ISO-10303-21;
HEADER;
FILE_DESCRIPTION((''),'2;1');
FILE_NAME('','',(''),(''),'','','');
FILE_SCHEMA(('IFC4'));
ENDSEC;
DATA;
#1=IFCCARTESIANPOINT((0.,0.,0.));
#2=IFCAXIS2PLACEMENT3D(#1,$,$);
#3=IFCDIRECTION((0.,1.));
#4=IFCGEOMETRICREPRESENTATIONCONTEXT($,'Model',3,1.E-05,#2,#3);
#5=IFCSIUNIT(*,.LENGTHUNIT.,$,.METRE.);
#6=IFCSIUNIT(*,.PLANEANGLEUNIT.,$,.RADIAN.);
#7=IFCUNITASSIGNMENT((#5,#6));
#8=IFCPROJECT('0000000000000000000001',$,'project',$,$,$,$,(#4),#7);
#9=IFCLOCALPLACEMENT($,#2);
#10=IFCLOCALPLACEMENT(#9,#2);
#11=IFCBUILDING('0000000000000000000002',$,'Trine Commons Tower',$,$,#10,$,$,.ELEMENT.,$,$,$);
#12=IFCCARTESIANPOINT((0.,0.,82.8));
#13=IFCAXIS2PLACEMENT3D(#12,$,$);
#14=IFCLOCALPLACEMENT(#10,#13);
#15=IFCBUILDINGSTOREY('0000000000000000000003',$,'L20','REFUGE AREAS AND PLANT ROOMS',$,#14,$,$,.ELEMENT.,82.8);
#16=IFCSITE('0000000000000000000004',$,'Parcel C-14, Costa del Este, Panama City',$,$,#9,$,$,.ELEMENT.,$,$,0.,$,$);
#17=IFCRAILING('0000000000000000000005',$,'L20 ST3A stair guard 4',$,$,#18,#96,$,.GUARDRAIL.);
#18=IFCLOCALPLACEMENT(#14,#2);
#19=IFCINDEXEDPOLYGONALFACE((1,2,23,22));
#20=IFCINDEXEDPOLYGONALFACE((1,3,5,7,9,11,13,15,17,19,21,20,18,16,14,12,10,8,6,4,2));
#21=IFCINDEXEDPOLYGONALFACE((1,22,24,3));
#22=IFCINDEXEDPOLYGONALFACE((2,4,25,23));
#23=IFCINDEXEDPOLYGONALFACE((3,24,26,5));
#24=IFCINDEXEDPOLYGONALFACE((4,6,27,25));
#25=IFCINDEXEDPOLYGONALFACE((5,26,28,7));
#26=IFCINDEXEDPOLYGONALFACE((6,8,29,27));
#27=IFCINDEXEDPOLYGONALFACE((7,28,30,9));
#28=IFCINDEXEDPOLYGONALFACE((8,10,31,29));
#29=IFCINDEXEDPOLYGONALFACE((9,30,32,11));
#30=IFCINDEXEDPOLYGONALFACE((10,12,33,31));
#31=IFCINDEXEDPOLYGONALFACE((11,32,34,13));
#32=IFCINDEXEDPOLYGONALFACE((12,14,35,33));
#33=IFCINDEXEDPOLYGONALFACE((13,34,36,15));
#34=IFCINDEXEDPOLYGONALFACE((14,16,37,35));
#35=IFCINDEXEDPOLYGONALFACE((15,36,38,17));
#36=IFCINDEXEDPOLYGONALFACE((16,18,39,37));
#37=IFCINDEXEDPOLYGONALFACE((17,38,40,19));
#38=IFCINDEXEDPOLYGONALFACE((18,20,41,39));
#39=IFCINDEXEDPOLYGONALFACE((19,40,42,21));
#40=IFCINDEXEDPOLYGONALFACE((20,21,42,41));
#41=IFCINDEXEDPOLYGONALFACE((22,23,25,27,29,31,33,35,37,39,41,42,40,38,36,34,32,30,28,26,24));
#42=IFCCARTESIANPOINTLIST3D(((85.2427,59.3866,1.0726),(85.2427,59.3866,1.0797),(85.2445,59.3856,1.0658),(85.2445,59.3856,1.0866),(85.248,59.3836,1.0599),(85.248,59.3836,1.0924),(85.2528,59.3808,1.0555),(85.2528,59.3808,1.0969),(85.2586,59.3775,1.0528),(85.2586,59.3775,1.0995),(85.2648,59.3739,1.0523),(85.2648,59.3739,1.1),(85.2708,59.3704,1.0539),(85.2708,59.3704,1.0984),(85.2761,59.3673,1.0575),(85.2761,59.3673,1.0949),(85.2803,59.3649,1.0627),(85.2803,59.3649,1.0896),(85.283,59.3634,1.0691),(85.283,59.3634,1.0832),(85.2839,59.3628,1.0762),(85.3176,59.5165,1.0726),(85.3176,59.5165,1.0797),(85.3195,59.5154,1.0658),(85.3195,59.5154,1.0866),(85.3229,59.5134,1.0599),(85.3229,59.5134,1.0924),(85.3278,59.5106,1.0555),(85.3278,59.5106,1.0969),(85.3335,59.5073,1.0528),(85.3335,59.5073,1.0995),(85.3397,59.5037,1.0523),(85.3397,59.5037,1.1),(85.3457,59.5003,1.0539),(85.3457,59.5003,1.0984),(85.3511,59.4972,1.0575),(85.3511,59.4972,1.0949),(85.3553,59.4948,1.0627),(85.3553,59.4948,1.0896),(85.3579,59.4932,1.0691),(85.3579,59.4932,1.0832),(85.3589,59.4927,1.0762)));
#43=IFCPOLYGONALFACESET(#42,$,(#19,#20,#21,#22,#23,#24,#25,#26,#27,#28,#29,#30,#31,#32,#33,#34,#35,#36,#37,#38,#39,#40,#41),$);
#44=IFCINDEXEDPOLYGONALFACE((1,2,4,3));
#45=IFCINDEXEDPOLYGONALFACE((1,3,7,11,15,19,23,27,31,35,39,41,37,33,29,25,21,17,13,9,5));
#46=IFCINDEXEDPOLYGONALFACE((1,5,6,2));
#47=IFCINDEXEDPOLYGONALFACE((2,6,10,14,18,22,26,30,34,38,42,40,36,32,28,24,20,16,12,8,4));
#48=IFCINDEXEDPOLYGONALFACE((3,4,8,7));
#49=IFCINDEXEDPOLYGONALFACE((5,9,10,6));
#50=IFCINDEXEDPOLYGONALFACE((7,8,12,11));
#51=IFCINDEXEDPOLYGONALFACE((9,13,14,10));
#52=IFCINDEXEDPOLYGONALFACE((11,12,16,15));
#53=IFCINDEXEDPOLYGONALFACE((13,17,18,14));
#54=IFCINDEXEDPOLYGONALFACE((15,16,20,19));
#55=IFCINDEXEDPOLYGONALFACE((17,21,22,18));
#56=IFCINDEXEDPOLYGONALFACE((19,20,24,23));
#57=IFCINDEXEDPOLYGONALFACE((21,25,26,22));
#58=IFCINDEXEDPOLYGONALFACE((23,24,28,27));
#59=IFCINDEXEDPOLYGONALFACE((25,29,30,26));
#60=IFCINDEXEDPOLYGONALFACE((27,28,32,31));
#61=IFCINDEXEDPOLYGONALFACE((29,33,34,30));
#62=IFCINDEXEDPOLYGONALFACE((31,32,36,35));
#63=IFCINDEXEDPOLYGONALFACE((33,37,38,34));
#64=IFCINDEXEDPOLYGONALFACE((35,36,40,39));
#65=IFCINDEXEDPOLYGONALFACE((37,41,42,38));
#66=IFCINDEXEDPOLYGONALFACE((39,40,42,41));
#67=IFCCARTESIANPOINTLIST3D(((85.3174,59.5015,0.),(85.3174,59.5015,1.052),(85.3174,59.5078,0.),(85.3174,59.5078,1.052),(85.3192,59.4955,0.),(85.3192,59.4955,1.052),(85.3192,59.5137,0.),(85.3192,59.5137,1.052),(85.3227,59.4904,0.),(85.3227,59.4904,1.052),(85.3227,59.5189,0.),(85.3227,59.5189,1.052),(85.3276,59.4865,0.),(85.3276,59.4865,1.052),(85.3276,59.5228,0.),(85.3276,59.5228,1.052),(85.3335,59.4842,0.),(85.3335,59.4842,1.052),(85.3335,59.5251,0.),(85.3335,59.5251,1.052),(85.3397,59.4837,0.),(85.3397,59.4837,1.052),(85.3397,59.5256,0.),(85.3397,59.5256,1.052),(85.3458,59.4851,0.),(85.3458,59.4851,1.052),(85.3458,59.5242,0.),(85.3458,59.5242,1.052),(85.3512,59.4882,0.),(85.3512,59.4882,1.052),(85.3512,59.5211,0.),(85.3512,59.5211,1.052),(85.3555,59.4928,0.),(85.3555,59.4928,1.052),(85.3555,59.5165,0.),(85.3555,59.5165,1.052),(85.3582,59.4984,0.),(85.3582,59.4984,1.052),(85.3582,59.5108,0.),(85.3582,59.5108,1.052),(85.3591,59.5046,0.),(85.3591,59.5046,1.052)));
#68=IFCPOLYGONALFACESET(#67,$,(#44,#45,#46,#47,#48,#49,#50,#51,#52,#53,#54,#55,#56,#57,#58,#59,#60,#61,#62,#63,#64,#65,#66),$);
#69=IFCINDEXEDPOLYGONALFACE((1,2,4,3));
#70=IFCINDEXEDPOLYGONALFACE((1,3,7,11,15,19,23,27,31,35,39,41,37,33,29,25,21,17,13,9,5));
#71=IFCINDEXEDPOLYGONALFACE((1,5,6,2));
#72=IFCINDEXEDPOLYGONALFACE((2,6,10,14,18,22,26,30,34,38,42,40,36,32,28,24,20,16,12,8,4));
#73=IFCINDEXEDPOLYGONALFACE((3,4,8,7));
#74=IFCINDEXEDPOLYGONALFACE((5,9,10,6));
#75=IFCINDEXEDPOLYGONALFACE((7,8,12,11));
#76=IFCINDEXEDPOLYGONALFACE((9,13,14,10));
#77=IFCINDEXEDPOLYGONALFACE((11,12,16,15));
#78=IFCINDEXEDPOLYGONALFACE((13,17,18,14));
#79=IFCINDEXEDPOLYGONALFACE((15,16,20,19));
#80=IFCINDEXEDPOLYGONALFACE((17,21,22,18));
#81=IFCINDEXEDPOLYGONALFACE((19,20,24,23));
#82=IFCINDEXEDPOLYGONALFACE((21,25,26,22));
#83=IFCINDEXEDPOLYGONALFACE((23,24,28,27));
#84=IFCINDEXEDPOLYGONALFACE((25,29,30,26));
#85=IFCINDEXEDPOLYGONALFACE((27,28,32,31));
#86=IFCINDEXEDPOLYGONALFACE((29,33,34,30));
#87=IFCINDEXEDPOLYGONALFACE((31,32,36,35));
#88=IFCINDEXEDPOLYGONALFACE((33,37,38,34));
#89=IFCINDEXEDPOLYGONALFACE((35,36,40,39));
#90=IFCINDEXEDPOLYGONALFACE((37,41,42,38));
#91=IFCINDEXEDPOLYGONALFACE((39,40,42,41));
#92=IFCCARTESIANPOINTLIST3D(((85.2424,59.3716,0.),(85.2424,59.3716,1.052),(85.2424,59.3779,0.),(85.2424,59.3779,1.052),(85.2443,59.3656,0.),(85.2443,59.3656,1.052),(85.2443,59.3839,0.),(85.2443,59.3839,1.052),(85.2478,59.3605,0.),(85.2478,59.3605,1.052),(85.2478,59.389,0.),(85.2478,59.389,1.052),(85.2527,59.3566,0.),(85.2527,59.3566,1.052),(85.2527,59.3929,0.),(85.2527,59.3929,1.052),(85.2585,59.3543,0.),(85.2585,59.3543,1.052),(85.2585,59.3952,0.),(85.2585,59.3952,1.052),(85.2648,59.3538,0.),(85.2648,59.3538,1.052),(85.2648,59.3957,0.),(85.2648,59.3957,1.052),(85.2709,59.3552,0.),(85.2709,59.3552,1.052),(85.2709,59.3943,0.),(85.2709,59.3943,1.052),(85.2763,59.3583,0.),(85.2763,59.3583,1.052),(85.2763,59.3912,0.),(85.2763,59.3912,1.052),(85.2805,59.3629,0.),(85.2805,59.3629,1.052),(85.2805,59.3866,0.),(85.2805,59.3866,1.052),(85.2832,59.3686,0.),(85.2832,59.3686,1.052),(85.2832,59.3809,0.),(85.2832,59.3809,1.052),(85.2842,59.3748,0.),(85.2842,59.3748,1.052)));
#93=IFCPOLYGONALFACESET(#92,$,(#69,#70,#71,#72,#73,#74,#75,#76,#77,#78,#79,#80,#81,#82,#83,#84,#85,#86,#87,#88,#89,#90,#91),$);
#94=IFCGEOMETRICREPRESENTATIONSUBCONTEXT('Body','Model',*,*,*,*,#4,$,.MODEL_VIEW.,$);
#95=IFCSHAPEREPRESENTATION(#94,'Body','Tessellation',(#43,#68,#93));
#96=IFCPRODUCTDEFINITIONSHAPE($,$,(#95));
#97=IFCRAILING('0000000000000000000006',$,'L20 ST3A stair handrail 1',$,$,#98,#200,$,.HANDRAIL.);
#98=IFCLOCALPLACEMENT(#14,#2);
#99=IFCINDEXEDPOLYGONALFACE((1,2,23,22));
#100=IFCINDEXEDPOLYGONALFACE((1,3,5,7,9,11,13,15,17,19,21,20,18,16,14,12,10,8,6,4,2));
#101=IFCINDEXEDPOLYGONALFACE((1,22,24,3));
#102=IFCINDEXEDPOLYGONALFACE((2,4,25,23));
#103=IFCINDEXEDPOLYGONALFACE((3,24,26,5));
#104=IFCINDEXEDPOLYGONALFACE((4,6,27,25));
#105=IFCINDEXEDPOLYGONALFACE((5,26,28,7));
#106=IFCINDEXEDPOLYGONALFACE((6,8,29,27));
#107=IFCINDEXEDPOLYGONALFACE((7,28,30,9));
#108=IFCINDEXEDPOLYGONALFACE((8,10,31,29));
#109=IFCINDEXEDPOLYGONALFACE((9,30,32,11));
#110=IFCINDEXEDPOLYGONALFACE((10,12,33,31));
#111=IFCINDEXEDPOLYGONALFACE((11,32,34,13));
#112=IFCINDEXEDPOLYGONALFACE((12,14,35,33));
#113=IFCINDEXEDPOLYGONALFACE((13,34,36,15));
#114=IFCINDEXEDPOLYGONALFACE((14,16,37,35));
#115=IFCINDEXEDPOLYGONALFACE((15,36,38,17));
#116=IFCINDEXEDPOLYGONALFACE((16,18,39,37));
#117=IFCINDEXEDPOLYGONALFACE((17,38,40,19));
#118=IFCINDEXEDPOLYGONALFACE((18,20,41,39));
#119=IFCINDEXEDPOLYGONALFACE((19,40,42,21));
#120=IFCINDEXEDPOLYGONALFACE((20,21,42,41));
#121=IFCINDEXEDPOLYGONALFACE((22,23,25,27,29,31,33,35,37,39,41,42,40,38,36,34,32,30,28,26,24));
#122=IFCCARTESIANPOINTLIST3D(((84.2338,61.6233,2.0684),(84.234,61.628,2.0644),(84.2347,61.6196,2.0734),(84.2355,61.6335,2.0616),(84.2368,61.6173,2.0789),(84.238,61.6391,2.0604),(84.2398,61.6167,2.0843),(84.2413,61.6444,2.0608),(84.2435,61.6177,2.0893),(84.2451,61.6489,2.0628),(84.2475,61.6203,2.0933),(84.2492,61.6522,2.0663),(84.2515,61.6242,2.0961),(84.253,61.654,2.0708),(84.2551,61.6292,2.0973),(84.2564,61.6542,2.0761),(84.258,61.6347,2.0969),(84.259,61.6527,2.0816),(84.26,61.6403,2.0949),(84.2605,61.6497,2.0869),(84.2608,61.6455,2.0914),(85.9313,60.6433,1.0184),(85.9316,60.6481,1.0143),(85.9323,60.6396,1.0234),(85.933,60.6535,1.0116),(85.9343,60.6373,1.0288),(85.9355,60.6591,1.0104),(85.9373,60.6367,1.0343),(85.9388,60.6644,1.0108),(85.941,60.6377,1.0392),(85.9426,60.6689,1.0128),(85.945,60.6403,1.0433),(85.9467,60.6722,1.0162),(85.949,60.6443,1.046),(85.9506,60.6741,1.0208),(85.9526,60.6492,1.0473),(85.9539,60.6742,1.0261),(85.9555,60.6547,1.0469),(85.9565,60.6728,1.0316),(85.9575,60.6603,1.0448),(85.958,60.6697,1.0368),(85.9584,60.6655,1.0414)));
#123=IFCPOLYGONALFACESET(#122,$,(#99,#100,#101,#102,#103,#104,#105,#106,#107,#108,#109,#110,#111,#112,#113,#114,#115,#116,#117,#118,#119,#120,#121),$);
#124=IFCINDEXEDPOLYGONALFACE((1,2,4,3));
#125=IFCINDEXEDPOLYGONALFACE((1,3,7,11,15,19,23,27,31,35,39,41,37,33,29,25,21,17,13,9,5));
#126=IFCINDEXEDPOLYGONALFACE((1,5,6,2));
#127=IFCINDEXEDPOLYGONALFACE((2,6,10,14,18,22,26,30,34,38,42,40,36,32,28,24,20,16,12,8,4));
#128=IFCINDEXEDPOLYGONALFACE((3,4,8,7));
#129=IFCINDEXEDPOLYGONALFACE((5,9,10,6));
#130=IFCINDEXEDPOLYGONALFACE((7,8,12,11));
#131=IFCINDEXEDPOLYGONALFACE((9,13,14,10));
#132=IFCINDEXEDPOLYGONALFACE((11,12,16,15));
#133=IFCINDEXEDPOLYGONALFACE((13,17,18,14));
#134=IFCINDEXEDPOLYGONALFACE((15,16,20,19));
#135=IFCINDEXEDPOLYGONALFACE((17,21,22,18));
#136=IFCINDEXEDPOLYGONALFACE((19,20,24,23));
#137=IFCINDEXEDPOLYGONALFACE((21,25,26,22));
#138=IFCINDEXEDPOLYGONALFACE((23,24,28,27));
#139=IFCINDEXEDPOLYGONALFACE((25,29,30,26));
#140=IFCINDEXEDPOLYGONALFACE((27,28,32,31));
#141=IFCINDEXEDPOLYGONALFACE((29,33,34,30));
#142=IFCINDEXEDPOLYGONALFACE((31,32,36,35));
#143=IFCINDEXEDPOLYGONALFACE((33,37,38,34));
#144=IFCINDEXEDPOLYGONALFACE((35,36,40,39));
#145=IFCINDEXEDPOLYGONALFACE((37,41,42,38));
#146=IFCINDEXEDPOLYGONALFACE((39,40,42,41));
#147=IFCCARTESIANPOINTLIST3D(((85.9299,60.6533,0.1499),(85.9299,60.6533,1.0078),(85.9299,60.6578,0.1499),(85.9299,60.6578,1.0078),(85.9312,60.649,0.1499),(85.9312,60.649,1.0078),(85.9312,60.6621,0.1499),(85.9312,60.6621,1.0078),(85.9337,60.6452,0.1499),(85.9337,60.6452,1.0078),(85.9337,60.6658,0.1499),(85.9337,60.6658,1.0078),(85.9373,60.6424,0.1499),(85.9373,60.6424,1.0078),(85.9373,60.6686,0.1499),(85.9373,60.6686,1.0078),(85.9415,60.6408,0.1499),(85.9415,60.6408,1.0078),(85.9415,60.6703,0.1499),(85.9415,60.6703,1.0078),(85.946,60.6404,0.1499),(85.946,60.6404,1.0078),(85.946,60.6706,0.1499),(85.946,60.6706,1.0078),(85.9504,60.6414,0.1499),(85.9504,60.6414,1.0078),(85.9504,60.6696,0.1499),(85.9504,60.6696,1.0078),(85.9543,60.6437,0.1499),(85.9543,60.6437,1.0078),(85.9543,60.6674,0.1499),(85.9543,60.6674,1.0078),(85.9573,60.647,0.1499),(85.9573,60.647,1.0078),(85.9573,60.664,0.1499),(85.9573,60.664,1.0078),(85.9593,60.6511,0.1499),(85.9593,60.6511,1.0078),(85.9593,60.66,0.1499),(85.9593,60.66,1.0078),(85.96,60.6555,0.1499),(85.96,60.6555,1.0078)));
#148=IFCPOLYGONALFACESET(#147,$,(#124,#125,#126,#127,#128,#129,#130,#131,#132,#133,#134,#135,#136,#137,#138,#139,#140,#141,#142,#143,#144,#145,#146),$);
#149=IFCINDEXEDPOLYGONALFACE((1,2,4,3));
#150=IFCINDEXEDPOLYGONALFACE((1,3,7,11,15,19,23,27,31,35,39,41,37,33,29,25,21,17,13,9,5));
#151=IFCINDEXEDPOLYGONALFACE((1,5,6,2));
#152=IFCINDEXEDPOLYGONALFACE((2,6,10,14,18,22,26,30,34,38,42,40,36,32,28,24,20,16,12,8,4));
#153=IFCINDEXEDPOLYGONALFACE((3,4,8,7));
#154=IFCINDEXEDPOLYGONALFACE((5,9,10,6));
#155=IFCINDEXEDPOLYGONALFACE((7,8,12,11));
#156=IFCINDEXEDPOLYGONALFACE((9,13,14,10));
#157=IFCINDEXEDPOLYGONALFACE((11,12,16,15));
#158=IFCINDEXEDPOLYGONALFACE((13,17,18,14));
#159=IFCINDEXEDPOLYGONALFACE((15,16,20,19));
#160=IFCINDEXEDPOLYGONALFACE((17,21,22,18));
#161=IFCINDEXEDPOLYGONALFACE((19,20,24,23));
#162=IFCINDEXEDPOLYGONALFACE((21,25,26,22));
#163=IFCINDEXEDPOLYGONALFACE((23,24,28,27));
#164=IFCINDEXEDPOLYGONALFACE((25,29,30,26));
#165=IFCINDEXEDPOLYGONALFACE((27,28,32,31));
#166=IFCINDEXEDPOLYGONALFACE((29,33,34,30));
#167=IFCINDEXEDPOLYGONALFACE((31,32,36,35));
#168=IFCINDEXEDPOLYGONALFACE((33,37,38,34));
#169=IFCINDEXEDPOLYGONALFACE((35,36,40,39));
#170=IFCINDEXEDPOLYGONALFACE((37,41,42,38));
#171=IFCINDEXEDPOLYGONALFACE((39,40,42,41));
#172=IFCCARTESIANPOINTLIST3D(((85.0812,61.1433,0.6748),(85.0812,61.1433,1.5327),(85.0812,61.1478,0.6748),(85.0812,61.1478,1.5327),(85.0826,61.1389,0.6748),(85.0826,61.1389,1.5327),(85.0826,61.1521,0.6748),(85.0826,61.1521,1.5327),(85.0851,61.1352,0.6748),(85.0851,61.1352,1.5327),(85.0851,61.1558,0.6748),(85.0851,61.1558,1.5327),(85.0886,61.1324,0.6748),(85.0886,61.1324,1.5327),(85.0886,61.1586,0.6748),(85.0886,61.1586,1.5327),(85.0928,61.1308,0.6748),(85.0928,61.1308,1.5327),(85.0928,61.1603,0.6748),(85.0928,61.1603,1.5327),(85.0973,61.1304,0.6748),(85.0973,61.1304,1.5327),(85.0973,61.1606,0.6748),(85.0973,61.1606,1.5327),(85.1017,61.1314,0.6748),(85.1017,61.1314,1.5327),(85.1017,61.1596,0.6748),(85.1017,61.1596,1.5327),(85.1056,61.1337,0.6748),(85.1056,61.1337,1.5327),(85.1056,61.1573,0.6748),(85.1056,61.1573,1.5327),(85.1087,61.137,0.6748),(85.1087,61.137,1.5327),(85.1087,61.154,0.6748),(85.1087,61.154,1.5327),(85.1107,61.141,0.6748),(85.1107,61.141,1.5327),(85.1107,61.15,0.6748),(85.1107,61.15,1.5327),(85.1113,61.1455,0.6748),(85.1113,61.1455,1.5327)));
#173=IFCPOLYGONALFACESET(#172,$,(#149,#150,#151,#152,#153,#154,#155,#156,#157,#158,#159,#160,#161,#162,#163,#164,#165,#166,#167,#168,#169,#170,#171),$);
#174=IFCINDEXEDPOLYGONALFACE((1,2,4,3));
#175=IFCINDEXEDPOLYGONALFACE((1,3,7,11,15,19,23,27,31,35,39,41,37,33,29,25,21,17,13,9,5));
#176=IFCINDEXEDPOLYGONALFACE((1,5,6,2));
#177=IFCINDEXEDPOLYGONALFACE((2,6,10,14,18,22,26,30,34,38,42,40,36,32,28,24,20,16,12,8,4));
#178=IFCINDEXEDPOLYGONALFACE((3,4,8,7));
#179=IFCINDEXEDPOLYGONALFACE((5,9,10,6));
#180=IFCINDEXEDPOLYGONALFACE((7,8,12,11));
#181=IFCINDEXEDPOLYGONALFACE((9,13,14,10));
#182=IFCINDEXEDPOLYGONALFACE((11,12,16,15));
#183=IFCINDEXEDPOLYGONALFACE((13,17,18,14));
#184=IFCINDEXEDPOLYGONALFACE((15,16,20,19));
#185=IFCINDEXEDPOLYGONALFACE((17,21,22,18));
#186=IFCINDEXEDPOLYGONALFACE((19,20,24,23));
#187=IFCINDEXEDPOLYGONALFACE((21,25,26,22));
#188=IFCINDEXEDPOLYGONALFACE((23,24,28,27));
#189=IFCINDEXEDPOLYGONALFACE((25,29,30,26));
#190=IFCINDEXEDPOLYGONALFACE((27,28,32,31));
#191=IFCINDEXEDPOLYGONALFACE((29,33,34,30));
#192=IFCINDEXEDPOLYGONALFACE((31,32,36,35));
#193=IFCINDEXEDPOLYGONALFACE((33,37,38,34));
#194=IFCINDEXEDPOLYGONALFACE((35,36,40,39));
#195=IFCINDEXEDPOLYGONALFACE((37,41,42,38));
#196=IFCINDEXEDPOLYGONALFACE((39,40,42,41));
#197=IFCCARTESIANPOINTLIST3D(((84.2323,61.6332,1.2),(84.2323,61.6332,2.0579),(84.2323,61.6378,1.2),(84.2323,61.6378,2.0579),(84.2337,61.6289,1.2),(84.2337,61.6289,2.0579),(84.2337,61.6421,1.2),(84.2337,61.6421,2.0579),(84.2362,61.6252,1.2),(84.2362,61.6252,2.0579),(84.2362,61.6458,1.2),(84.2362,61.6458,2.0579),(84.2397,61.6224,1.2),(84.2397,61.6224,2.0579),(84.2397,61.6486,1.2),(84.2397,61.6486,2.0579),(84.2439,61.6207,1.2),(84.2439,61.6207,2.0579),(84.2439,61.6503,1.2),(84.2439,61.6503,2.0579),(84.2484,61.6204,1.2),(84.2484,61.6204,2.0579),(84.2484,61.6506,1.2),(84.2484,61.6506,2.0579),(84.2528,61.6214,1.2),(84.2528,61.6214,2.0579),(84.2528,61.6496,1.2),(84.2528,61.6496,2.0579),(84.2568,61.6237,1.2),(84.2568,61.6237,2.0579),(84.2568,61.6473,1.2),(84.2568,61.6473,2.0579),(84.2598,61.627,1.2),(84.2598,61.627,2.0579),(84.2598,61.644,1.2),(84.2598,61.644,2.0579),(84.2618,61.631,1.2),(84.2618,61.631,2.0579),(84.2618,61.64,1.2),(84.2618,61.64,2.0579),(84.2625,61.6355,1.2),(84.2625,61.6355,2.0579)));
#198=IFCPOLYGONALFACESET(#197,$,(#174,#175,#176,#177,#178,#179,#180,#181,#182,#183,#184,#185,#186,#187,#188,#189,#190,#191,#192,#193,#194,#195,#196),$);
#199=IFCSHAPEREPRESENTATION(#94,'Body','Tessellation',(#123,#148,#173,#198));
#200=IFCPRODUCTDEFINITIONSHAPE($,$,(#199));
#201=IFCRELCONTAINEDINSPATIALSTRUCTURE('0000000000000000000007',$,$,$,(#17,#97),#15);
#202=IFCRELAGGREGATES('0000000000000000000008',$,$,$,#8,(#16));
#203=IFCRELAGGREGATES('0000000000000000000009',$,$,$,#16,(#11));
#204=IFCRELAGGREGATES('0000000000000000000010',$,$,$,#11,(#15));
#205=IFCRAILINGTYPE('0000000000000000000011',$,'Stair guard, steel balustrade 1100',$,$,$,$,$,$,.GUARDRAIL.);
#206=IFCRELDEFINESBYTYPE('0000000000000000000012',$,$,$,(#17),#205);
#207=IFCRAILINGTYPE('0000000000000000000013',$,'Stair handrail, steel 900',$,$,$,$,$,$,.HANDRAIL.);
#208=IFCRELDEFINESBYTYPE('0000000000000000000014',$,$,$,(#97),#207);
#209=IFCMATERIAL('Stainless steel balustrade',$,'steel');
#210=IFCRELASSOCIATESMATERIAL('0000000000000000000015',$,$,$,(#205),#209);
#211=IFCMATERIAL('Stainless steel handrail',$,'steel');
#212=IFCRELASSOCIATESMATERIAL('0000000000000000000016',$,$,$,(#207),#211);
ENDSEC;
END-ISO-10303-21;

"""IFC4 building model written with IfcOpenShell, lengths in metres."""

from ifc_helpers import new_model, si_unit, direction, frame, origin, origin_2d, place, context, subcontext, project, spatial, circle, extrude, material, type_object, element, save


model = new_model("IFC4")

# Units and contexts
model_context = context("Model", 3, precision=1e-05, world=origin(), true_north=direction((0.0, 1.0)))
body_context = subcontext(model_context, "Body", "Model", "MODEL_VIEW")
ifc_project = project(units=[si_unit("LENGTHUNIT", "METRE"), si_unit("PLANEANGLEUNIT", "RADIAN")], contexts=[model_context])

# Site, building, storey
site_placement = place(None, origin())
site = spatial("IfcSite", under=ifc_project, at=site_placement, Name="Parcel C-14, Costa del Este, Panama City", CompositionType="ELEMENT", RefElevation=0.0)
building_placement = place(site_placement, origin())
building = spatial("IfcBuilding", under=site, at=building_placement, Name="Trine Commons Tower", CompositionType="ELEMENT")
storey_placement = place(building_placement, frame((0.0, 0.0, 82.8)))
storey = spatial("IfcBuildingStorey", under=building, at=storey_placement, Name="L20", Description="REFUGE AREAS AND PLANT ROOMS", CompositionType="ELEMENT", Elevation=82.8)

# Railings
ifc_material_1 = material(Name="Stainless steel balustrade", Category="steel")
railing_type_1 = type_object("IfcRailingType", Name="Stair guard, steel balustrade 1100", PredefinedType="GUARDRAIL", material=ifc_material_1)
railing_1_placement = place(storey_placement, frame((85.3381, 59.5046, 0.0)))
element("IfcRailing", 1, at=railing_1_placement, inside=storey, type_object=railing_type_1, Name="L20 ST3A stair guard 4", PredefinedType="GUARDRAIL", context=body_context, shape_type="SweptSolid", body=[
    extrude(circle(Radius=0.0239, at=origin_2d()), frame((0.0, 0.0, 1.0762), z_axis=(-0.499816, -0.866131, 0.0), x_axis=(0.866131, -0.499816, 0.0)), (0.0, 0.0, 1.0), 0.1499),
    extrude(circle(Radius=0.021, at=origin_2d()), origin(), (0.0, 0.0, 1.0), 1.052),
    extrude(circle(Radius=0.021, at=origin_2d()), frame((-0.075, -0.1299, 0.0)), (0.0, 0.0, 1.0), 1.052),
])
ifc_material_2 = material(Name="Stainless steel handrail", Category="steel")
railing_type_2 = type_object("IfcRailingType", Name="Stair handrail, steel 900", PredefinedType="HANDRAIL", material=ifc_material_2)
railing_2_placement = place(storey_placement, frame((85.9448, 60.6555, 0.1499)))
element("IfcRailing", 2, at=railing_2_placement, inside=storey, type_object=railing_type_2, Name="L20 ST3A stair handrail 1", PredefinedType="HANDRAIL", context=body_context, shape_type="SweptSolid", body=[
    extrude(circle(Radius=0.021, at=origin_2d()), frame((0.0, 0.0, 0.8789), z_axis=(-0.763398, 0.440713, 0.472224), x_axis=(-0.49997, -0.866042, 0.0)), (0.0, 0.0, 1.0), 2.2236),
    extrude(circle(Radius=0.0151, at=origin_2d()), origin(), (0.0, 0.0, 1.0), 0.8579),
    extrude(circle(Radius=0.0151, at=origin_2d()), frame((-0.8486, 0.49, 0.5249)), (0.0, 0.0, 1.0), 0.8579),
    extrude(circle(Radius=0.0151, at=origin_2d()), frame((-1.6975, 0.98, 1.05)), (0.0, 0.0, 1.0), 0.8579),
])

save(model, "model.ifc")
